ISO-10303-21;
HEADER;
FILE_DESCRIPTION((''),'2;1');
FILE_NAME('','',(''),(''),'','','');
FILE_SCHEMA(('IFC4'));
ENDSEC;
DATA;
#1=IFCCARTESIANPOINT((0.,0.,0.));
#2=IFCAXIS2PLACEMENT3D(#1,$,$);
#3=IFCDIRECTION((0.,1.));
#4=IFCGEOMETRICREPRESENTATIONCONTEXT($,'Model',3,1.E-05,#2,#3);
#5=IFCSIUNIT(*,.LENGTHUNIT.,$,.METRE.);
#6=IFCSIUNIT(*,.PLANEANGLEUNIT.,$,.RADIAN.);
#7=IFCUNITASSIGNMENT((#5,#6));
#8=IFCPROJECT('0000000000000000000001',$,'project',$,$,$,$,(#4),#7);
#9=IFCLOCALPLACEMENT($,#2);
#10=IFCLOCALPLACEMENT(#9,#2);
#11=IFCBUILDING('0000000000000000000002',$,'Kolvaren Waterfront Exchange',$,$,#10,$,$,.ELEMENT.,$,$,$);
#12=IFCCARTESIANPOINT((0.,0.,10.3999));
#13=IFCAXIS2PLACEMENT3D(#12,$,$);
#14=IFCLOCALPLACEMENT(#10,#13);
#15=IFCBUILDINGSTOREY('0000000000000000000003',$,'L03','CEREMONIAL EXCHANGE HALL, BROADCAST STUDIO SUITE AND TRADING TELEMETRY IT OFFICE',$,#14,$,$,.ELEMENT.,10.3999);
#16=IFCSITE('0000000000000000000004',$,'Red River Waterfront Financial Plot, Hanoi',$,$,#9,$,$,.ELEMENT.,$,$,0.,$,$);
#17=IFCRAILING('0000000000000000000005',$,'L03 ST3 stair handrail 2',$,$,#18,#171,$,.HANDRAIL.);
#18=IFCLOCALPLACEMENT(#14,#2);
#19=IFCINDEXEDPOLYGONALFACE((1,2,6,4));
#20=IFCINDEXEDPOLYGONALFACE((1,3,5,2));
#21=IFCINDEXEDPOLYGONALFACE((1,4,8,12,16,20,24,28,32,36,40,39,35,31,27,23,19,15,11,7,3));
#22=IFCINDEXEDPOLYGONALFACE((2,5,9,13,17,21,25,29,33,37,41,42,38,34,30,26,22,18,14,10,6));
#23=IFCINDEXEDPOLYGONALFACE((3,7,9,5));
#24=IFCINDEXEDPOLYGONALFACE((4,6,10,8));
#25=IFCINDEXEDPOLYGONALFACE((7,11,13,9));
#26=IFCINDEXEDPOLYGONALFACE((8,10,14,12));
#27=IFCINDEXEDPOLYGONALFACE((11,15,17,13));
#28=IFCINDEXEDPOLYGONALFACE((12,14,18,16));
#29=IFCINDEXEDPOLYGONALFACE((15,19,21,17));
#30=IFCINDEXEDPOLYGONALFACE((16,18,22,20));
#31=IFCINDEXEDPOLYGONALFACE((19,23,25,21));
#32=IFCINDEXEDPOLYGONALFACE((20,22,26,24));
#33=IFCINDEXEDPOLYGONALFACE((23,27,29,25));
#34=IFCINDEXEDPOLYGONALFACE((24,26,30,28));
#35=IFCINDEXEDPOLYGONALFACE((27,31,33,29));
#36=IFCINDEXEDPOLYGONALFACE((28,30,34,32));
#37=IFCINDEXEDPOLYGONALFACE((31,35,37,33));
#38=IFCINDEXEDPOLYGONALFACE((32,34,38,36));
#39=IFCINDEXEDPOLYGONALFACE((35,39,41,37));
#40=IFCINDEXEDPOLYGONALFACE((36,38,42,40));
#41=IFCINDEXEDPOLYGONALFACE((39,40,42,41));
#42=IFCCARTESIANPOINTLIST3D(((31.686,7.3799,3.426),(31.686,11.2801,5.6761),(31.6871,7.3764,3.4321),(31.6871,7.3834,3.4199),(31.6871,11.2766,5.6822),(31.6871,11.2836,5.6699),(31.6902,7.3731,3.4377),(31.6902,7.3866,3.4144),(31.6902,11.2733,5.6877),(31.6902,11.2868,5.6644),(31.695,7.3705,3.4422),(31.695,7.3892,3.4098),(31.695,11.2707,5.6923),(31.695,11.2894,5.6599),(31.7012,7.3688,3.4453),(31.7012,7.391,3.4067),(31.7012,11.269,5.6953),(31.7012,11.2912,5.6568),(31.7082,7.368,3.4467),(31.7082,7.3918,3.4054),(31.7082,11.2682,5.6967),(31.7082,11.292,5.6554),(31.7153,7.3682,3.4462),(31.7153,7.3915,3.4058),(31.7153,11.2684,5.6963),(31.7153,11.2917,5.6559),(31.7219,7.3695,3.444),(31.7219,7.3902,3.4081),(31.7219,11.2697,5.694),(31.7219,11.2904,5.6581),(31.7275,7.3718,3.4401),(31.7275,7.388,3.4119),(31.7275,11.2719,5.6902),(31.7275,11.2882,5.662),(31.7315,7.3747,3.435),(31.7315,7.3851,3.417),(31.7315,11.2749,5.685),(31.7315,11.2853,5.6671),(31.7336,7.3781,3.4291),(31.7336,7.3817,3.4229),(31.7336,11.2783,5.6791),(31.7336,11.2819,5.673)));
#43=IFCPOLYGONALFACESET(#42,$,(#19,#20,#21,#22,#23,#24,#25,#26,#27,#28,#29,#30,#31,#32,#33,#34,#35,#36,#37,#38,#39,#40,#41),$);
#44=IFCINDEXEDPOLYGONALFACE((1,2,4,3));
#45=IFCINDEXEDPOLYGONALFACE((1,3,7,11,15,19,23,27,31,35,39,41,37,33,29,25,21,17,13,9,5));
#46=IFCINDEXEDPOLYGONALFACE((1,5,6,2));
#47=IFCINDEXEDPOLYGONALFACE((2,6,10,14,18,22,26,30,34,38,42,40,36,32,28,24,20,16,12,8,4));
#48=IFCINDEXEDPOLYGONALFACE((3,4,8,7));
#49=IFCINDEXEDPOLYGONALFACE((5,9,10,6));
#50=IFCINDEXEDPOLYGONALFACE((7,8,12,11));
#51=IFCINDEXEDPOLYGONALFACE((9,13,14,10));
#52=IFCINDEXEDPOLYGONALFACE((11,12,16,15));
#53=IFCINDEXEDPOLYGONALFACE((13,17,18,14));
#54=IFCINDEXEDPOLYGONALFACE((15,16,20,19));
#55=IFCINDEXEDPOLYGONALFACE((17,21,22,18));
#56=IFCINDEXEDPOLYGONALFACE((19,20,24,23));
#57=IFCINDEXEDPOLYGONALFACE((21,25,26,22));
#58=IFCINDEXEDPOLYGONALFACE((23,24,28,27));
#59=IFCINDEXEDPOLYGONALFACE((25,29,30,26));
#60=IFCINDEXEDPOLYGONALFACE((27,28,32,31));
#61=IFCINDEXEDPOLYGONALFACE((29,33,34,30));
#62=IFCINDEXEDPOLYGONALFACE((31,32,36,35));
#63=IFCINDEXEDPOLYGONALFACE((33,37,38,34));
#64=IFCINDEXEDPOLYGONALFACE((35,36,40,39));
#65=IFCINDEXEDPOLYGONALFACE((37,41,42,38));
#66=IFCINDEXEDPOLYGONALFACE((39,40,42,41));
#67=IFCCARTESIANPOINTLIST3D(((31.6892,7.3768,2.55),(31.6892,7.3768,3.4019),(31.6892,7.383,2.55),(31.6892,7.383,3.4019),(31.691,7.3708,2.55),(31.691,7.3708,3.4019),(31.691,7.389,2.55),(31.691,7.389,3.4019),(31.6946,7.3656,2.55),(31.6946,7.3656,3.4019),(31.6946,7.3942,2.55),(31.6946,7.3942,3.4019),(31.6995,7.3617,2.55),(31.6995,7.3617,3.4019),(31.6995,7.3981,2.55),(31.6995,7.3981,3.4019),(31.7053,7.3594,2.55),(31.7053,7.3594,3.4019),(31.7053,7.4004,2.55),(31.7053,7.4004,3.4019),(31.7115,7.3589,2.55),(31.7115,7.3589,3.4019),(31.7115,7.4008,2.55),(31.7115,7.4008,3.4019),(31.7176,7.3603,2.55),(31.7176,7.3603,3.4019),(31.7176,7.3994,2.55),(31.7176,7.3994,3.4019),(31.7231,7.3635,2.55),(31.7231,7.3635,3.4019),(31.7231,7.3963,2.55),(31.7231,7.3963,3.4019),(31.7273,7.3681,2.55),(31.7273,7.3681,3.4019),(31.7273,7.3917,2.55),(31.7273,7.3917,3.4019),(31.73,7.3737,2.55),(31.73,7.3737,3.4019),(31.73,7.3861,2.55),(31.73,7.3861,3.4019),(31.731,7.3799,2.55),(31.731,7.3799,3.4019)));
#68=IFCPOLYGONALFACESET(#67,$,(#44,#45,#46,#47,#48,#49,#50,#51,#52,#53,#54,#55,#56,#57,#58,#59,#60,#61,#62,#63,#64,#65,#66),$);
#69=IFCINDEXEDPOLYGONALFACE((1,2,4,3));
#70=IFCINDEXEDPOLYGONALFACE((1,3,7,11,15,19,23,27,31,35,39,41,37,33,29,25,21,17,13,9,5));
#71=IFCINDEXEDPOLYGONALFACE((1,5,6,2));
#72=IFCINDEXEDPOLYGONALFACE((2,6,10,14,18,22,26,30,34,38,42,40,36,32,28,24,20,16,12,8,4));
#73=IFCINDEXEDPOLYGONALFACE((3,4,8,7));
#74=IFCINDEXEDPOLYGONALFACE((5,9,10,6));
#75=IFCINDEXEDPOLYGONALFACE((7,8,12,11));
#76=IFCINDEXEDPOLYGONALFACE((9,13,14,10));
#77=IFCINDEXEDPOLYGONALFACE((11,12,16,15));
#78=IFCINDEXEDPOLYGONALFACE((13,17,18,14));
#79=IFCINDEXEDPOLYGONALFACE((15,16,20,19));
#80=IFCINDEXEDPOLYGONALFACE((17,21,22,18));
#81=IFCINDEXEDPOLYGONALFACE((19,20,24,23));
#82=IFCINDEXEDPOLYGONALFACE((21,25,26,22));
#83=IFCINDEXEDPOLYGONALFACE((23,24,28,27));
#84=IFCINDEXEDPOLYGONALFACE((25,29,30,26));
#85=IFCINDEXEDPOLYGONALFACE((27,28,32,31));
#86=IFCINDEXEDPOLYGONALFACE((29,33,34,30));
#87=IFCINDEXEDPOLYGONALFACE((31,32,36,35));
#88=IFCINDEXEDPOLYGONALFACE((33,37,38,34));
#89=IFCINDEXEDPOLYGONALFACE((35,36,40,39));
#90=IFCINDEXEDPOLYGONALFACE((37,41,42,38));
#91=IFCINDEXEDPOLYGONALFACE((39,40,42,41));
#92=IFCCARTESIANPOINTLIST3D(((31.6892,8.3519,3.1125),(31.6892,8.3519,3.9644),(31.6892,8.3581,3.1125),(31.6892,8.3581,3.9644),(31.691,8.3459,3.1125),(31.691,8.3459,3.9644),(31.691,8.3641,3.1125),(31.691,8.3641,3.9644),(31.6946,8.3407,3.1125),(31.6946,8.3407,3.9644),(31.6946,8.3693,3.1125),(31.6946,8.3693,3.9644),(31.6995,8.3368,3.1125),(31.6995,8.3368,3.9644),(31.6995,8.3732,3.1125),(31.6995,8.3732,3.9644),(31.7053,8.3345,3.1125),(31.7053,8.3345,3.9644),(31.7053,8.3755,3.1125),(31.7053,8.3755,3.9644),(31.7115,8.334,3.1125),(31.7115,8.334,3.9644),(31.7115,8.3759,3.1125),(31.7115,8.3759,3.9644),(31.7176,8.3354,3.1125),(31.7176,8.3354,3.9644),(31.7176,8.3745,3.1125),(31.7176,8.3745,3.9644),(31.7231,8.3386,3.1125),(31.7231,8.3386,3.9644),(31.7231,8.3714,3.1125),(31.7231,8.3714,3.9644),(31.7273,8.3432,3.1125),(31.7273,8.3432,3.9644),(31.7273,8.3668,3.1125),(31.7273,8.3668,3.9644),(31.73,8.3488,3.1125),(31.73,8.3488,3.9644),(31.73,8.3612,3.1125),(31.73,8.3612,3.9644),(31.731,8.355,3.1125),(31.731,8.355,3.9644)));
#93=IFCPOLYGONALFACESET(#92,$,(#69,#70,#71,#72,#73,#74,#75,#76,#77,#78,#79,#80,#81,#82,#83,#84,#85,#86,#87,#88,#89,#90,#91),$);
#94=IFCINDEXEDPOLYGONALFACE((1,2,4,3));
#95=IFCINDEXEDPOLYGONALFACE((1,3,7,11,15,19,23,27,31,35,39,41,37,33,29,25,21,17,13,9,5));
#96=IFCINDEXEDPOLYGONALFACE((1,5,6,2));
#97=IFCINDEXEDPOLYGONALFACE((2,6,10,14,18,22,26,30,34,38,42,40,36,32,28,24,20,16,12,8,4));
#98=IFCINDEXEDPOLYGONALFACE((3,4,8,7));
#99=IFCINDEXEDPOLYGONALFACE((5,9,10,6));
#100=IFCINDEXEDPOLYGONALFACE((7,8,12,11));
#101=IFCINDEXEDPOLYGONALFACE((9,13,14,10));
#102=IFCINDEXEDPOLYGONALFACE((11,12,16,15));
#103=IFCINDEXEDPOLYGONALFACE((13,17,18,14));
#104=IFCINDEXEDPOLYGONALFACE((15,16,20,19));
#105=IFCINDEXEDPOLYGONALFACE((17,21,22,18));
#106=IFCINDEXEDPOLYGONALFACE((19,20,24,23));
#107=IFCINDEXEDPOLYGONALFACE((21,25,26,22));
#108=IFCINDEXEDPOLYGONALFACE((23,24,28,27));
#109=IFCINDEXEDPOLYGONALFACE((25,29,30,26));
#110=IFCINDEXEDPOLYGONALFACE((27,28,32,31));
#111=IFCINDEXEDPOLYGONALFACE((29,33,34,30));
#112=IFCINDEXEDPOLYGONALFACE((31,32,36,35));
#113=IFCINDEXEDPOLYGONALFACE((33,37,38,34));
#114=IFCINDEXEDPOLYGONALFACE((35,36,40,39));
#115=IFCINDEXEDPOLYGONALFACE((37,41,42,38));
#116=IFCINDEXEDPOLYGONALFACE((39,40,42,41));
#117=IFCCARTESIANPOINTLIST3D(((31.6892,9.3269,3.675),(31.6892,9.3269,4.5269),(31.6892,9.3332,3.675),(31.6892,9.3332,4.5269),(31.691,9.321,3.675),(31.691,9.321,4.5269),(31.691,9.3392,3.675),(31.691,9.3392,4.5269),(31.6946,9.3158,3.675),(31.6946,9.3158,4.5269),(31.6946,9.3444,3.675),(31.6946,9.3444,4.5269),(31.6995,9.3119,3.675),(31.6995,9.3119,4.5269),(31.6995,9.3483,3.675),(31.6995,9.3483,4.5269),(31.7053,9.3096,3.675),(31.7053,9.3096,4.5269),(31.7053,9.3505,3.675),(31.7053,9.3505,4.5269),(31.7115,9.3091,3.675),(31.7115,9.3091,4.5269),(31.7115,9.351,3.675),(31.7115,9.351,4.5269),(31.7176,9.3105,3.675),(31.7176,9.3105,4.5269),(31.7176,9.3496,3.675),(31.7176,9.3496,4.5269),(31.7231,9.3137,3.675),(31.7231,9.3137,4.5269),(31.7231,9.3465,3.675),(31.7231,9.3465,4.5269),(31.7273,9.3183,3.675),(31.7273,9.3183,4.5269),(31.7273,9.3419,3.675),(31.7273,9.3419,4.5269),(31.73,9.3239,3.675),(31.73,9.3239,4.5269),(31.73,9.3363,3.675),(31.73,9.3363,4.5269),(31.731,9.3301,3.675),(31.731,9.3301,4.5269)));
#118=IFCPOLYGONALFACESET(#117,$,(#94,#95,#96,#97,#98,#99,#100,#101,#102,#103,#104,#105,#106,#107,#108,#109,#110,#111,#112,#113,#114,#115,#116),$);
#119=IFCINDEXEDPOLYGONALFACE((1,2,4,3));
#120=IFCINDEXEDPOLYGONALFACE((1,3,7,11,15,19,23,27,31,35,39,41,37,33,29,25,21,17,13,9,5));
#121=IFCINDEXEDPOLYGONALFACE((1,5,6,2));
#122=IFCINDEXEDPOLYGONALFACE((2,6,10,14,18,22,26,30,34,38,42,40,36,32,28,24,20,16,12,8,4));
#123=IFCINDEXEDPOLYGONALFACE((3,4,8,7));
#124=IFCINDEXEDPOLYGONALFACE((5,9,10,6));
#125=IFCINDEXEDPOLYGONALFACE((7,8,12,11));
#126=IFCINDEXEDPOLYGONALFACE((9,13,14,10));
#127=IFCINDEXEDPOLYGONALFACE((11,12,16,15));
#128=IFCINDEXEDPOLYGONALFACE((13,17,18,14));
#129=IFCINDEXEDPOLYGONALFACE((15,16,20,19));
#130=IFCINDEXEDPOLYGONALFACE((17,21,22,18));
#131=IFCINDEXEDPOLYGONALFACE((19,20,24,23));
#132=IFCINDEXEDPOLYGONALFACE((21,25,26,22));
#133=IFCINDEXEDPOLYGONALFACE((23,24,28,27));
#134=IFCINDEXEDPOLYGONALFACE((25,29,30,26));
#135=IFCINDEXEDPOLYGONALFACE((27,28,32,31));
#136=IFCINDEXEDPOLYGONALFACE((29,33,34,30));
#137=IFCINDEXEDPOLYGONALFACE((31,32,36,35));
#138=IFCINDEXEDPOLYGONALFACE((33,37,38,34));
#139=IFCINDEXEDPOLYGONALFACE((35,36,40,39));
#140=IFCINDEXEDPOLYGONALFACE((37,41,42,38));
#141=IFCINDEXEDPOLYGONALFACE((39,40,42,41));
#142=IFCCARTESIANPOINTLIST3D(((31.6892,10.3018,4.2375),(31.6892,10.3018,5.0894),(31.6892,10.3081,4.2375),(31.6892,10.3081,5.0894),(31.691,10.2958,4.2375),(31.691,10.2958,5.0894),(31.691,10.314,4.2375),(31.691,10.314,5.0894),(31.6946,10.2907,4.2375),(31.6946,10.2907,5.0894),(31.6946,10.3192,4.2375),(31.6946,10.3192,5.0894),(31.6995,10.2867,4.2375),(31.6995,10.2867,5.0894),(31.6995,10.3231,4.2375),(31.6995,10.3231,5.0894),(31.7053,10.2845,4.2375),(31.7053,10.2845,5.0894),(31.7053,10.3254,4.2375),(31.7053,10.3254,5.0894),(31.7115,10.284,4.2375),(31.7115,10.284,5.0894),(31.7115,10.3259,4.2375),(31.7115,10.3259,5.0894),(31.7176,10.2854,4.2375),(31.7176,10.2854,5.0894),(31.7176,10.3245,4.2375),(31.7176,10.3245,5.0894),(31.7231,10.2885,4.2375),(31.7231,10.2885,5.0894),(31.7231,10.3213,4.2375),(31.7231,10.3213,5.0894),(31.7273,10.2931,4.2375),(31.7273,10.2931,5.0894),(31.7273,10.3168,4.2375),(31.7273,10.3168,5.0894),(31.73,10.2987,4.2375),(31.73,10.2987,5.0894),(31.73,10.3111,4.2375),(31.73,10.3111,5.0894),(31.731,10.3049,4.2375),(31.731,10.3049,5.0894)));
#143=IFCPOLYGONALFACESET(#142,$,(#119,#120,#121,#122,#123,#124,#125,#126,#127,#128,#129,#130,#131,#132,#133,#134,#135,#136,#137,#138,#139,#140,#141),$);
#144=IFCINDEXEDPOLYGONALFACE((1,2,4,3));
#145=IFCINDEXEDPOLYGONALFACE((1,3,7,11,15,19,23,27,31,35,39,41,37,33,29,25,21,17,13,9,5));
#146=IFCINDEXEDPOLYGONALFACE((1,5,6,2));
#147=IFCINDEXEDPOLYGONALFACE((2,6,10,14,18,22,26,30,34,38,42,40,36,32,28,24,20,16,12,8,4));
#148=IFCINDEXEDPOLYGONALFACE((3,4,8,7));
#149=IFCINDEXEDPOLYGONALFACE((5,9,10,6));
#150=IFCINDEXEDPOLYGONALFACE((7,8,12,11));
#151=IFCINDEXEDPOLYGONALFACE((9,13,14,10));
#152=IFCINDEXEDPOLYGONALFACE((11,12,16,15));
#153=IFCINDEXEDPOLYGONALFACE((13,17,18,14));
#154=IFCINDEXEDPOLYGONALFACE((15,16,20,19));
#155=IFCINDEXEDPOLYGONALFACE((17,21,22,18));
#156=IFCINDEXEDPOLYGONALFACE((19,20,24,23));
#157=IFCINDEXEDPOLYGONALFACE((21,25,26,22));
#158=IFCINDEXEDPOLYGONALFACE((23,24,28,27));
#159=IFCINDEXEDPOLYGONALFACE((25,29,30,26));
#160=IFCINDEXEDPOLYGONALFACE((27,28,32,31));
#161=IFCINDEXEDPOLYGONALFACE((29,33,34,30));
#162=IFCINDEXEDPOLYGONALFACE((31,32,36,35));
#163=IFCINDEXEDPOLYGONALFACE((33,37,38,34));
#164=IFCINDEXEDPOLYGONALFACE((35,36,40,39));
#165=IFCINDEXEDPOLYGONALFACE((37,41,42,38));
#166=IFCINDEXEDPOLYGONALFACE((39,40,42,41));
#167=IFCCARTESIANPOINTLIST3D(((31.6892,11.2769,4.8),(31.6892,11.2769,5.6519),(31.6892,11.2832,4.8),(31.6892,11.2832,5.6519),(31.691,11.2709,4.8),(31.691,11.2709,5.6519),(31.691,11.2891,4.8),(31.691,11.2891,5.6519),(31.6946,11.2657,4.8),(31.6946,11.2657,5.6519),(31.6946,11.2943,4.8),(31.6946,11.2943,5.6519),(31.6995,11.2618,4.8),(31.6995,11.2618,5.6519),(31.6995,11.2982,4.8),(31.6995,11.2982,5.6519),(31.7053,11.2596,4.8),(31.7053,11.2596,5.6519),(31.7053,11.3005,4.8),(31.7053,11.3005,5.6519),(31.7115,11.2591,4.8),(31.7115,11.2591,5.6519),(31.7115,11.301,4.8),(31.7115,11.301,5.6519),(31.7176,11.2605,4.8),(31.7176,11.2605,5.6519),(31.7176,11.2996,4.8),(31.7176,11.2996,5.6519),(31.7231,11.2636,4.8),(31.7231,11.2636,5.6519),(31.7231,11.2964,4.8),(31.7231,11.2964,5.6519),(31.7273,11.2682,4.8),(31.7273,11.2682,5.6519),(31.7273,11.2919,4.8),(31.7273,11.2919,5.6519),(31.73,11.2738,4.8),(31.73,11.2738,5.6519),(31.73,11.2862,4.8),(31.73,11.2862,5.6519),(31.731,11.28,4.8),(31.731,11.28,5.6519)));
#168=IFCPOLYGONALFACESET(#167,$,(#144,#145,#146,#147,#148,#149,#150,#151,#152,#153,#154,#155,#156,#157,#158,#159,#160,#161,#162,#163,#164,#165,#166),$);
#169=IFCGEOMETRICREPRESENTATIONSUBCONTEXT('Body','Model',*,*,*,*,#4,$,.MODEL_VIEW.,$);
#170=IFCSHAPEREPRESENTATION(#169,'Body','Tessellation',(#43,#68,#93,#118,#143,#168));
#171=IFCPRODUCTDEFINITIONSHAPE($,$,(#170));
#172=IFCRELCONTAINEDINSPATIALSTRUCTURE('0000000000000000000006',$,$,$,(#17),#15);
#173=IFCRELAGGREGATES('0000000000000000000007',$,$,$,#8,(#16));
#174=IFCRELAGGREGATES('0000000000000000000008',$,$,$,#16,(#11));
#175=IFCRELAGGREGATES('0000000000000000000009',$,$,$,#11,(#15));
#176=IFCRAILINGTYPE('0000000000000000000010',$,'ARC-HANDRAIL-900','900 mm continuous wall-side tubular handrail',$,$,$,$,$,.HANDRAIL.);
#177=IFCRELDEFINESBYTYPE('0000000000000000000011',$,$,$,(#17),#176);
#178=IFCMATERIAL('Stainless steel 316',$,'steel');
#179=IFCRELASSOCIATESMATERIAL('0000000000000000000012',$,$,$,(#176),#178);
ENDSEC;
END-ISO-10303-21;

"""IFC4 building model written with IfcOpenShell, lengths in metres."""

from ifc_helpers import new_model, si_unit, direction, frame, origin, origin_2d, place, context, subcontext, project, spatial, circle, extrude, material, type_object, element, save


model = new_model("IFC4")

# Units and contexts
model_context = context("Model", 3, precision=1e-05, world=origin(), true_north=direction((0.0, 1.0)))
body_context = subcontext(model_context, "Body", "Model", "MODEL_VIEW")
ifc_project = project(units=[si_unit("LENGTHUNIT", "METRE"), si_unit("PLANEANGLEUNIT", "RADIAN")], contexts=[model_context])

# Site, building, storey
site_placement = place(None, origin())
site = spatial("IfcSite", under=ifc_project, at=site_placement, Name="Red River Waterfront Financial Plot, Hanoi", CompositionType="ELEMENT", RefElevation=0.0)
building_placement = place(site_placement, origin())
building = spatial("IfcBuilding", under=site, at=building_placement, Name="Kolvaren Waterfront Exchange", CompositionType="ELEMENT")
storey_placement = place(building_placement, frame((0.0, 0.0, 10.3999)))
storey = spatial("IfcBuildingStorey", under=building, at=storey_placement, Name="L03", Description="CEREMONIAL EXCHANGE HALL, BROADCAST STUDIO SUITE AND TRADING TELEMETRY IT OFFICE", CompositionType="ELEMENT", Elevation=10.3999)

# Railing
ifc_material_1 = material(Name="Stainless steel 316", Category="steel")
railing_type = type_object("IfcRailingType", Name="ARC-HANDRAIL-900", Description="900 mm continuous wall-side tubular handrail", PredefinedType="HANDRAIL", material=ifc_material_1)
railing_placement = place(storey_placement, frame((31.71, 7.3799, 2.55)))
element("IfcRailing", 1, at=railing_placement, inside=storey, type_object=railing_type, Name="L03 ST3 stair handrail 2", PredefinedType="HANDRAIL", context=body_context, shape_type="SweptSolid", body=[
    extrude(circle(Radius=0.0239, at=origin_2d()), frame((0.0, 0.0, 0.876), z_axis=(0.0, 0.866194, 0.499708), x_axis=(-1.0, 0.0, 0.0)), (0.0, 0.0, 1.0), 4.5027),
    extrude(circle(Radius=0.021, at=origin_2d()), origin(), (0.0, 0.0, 1.0), 0.8518),
    extrude(circle(Radius=0.021, at=origin_2d()), frame((0.0, 0.9751, 0.5625)), (0.0, 0.0, 1.0), 0.8518),
    extrude(circle(Radius=0.021, at=origin_2d()), frame((0.0, 1.9502, 1.125)), (0.0, 0.0, 1.0), 0.8518),
    extrude(circle(Radius=0.021, at=origin_2d()), frame((0.0, 2.925, 1.6875)), (0.0, 0.0, 1.0), 0.8518),
    extrude(circle(Radius=0.021, at=origin_2d()), frame((0.0, 3.9001, 2.25)), (0.0, 0.0, 1.0), 0.8518),
])

save(model, "model.ifc")
